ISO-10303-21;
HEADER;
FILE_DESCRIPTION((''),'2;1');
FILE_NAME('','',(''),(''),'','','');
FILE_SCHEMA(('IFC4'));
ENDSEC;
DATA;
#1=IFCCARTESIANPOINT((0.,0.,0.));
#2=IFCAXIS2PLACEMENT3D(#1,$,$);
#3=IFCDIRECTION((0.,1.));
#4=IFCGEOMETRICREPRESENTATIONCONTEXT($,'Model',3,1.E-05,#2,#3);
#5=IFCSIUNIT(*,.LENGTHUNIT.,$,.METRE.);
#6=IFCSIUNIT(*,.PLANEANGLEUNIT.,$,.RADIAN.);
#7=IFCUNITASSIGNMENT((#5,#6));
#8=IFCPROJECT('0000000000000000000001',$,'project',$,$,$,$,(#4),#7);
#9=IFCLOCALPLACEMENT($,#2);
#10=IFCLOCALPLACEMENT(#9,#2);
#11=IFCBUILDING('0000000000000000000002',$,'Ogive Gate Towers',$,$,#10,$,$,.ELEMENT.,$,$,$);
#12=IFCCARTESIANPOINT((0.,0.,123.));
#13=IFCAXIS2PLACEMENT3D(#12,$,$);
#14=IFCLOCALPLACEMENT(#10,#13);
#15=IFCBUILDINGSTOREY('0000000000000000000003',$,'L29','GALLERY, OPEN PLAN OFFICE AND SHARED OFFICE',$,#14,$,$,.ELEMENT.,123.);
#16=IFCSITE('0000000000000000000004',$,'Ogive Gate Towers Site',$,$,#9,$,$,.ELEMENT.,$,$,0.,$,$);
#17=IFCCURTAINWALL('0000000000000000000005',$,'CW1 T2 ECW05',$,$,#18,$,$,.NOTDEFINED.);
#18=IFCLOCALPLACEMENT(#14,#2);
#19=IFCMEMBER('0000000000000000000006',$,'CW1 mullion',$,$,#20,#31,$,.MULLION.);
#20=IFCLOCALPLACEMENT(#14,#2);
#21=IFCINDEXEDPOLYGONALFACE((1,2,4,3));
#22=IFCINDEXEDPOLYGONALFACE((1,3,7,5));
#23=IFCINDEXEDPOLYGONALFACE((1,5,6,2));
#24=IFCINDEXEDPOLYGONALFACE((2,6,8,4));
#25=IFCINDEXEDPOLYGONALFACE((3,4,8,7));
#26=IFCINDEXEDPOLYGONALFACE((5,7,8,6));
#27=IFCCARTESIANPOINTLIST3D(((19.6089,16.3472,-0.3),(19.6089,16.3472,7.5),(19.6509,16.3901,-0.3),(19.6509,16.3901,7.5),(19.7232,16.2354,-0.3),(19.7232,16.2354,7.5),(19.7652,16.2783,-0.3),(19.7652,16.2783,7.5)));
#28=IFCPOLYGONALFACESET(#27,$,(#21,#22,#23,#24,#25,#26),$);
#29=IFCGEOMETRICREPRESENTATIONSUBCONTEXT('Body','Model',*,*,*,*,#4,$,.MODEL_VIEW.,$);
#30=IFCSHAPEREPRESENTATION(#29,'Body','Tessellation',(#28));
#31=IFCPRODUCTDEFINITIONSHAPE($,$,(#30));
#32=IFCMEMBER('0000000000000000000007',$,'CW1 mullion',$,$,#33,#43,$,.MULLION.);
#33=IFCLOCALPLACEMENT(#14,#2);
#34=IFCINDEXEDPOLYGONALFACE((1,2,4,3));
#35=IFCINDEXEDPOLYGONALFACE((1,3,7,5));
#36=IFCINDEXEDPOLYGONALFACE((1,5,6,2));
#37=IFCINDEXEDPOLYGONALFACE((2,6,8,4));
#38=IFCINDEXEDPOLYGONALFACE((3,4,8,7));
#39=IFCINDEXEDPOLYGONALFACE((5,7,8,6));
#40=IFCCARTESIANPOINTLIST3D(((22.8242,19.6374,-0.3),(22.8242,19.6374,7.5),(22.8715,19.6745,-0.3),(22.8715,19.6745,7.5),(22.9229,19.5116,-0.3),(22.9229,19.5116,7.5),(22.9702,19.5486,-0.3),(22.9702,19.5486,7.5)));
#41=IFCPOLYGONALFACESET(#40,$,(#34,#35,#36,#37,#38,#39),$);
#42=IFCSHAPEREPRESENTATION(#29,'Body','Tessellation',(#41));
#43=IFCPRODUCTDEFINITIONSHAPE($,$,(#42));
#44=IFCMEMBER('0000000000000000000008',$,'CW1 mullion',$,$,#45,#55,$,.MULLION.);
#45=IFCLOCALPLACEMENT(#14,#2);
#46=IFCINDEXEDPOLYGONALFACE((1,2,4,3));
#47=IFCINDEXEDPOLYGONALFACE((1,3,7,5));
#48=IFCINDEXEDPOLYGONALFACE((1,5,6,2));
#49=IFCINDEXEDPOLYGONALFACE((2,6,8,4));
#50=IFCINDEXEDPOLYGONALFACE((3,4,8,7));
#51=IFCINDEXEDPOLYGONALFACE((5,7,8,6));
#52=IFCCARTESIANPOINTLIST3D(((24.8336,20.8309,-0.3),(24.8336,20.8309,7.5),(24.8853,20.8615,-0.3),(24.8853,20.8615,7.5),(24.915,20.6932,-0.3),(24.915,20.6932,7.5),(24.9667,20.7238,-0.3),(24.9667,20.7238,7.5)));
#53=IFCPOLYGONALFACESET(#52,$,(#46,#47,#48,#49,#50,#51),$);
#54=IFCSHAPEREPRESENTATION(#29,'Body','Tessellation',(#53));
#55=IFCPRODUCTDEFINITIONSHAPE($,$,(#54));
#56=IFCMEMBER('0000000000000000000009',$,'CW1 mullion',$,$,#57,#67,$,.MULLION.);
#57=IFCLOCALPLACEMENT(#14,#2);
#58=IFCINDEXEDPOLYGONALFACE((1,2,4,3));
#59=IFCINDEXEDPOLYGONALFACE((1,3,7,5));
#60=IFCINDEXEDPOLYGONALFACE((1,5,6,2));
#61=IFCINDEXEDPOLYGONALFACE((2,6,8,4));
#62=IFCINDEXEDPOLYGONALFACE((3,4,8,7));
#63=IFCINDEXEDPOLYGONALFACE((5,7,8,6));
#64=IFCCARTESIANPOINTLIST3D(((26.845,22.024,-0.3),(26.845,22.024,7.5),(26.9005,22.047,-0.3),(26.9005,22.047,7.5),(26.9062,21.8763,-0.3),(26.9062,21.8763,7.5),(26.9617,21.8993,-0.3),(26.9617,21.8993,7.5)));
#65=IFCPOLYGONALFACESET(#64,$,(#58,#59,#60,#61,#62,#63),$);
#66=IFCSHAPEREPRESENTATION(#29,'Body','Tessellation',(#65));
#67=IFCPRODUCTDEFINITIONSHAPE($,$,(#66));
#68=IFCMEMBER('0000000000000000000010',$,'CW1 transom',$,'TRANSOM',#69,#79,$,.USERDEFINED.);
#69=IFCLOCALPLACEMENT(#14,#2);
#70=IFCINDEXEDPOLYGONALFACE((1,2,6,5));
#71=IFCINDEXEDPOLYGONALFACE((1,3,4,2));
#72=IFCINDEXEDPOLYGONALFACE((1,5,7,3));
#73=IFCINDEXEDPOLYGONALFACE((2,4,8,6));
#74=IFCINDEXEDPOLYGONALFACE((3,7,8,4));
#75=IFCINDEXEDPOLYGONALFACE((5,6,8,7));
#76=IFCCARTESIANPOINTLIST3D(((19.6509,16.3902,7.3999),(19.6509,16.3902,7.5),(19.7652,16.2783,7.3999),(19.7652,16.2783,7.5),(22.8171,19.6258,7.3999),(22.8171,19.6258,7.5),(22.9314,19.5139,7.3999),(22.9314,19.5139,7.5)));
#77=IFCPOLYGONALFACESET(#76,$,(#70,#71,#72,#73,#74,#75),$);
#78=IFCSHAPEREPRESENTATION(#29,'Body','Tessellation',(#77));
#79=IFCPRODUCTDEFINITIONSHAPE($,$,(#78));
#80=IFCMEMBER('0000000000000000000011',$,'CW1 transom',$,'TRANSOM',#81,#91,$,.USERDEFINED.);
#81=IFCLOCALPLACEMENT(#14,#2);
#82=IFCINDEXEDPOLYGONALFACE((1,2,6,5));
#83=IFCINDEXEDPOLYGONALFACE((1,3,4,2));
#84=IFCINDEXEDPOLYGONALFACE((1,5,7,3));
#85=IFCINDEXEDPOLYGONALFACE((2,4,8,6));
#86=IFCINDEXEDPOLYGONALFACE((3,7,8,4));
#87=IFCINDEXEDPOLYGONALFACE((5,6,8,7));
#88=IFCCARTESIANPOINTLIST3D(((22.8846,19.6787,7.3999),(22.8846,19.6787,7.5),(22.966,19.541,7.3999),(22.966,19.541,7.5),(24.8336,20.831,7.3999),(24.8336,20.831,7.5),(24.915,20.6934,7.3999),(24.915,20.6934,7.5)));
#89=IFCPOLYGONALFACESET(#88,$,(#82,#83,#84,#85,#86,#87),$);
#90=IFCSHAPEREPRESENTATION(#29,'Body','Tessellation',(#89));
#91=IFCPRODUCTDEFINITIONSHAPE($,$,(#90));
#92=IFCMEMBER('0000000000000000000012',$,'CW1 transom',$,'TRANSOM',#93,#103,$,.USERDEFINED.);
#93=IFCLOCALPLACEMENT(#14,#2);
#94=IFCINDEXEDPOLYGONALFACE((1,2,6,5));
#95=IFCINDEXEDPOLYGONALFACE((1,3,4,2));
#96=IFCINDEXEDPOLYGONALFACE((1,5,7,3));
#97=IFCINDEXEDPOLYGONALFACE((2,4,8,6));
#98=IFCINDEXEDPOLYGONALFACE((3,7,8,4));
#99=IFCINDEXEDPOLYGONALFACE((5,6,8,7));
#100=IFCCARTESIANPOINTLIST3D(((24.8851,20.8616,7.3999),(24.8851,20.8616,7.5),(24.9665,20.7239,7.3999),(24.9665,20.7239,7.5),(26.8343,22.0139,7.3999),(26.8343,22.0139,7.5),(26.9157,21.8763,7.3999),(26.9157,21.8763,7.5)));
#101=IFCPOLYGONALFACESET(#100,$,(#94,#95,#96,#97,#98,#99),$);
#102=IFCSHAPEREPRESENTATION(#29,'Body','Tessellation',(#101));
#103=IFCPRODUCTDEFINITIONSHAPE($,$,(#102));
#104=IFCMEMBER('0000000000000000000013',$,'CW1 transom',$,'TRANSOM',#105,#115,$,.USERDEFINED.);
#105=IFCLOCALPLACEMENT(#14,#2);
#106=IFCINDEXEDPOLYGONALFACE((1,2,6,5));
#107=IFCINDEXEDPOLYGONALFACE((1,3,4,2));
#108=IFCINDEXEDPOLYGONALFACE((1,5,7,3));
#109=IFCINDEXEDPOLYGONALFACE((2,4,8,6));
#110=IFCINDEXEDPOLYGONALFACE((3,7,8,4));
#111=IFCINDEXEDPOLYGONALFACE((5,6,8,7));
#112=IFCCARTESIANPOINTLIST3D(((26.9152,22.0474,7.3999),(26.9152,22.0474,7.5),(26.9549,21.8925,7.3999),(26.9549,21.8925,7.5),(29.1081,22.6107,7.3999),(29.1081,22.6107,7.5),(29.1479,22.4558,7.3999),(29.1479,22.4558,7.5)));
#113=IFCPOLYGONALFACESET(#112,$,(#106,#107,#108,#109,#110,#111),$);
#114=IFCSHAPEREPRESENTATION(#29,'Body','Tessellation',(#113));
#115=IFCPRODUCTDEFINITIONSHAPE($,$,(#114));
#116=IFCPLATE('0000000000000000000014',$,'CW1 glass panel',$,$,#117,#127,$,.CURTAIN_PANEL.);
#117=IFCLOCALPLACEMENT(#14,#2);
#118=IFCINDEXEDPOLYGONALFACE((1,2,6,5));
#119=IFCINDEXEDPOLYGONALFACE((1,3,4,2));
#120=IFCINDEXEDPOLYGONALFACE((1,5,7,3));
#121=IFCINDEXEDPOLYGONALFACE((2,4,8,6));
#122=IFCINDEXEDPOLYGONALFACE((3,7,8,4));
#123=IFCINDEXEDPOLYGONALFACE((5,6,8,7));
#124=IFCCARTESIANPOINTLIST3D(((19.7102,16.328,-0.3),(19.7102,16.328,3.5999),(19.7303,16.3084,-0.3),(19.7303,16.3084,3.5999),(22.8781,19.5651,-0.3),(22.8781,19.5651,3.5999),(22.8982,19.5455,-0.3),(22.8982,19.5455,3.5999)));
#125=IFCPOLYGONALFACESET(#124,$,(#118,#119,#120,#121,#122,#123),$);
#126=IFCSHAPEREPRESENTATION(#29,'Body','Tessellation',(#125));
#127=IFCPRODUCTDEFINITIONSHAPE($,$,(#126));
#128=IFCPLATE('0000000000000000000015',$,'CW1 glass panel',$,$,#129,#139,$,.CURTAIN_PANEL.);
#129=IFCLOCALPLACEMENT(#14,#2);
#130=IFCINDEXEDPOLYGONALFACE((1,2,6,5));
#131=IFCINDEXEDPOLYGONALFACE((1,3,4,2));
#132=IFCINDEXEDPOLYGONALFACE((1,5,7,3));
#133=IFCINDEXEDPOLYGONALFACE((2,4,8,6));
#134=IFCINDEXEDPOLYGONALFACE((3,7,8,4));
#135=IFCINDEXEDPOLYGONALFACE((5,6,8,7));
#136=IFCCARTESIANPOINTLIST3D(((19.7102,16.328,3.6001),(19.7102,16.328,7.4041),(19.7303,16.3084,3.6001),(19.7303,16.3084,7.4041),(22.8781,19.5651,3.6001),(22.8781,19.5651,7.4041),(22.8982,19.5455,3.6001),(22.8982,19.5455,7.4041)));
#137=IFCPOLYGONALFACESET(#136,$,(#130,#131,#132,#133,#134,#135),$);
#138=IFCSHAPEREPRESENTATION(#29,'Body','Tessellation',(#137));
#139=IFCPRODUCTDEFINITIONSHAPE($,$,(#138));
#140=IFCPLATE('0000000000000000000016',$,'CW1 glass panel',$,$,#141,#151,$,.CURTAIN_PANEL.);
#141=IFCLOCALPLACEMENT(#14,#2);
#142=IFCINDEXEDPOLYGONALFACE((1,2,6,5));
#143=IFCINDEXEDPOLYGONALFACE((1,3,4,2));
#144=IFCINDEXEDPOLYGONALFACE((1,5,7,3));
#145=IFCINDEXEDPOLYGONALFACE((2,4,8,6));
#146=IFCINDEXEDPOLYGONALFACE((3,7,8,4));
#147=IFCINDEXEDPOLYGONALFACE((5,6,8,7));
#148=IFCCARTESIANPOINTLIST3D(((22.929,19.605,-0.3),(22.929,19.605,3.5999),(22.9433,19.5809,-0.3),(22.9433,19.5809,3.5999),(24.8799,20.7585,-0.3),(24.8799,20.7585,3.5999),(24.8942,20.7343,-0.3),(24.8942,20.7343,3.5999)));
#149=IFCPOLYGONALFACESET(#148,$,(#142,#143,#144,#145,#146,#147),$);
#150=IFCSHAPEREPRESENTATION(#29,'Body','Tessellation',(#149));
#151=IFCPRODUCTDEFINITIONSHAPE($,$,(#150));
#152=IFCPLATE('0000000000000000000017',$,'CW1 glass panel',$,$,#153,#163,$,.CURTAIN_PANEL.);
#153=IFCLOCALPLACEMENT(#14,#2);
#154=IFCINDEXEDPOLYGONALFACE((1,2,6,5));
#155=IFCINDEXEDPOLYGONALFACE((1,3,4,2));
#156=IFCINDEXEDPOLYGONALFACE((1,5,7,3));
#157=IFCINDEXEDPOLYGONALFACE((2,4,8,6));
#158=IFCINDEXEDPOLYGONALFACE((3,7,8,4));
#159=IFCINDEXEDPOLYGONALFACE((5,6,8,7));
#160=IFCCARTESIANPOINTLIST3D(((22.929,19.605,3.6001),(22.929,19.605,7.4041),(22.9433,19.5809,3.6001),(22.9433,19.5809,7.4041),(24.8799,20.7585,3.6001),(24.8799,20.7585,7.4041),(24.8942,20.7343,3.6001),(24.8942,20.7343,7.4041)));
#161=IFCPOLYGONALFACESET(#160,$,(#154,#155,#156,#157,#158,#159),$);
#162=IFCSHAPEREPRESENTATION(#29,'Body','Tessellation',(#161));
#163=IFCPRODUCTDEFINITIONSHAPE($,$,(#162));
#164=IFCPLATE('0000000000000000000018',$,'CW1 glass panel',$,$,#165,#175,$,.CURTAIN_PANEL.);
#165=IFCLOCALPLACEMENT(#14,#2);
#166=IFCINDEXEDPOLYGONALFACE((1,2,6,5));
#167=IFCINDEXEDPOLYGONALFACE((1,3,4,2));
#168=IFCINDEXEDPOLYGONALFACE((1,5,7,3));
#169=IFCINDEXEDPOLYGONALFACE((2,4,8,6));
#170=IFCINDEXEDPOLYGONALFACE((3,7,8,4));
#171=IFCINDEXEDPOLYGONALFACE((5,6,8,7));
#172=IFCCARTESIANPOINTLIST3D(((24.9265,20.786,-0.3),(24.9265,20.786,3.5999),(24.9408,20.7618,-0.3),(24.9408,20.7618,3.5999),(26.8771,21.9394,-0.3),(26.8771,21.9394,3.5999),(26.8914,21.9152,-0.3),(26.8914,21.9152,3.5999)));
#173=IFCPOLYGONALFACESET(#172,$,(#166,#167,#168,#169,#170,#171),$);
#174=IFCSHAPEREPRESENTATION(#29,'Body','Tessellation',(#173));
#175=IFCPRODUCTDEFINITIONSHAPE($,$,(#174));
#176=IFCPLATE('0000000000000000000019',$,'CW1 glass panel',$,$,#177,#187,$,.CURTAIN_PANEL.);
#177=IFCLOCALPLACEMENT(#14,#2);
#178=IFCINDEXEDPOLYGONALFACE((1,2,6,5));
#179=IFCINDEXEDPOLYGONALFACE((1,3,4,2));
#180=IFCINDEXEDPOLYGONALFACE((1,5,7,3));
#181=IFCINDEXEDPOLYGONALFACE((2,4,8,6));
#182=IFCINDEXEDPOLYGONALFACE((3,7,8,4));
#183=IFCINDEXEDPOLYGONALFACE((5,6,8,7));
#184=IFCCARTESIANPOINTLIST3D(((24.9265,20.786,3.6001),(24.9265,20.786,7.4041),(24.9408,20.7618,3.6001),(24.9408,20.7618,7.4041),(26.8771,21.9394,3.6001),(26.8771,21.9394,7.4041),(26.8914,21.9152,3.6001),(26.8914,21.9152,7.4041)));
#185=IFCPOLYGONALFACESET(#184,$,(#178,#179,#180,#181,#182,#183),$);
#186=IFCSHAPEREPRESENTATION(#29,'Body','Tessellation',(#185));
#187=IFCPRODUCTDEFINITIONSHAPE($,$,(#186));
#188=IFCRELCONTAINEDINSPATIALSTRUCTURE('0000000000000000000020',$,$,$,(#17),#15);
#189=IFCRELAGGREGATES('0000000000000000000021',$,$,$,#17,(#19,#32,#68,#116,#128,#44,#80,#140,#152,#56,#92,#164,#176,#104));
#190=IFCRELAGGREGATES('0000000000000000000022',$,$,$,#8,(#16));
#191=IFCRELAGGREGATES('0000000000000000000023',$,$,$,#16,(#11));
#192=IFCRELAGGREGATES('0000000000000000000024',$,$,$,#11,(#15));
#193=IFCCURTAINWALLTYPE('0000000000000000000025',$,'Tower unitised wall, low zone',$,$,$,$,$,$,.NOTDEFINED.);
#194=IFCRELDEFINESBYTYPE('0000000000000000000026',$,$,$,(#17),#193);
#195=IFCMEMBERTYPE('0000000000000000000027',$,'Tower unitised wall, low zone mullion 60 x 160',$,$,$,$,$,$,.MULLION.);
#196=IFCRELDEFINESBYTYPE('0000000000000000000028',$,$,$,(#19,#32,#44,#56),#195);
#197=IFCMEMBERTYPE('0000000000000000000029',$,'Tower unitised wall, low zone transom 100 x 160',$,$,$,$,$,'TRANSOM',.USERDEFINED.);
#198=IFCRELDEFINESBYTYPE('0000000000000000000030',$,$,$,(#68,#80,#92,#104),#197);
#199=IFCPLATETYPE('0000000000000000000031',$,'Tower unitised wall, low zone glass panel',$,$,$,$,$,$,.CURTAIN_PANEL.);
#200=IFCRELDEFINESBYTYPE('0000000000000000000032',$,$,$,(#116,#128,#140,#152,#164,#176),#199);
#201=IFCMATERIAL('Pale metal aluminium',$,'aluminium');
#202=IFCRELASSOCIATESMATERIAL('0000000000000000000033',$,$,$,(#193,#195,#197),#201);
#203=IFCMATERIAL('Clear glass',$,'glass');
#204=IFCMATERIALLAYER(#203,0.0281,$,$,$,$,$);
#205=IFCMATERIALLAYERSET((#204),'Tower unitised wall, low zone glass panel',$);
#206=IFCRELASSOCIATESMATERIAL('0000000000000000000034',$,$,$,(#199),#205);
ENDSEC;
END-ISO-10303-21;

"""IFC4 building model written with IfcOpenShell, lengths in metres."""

from ifc_helpers import new_model, si_unit, direction, frame, origin, origin_2d, place, context, subcontext, project, spatial, rectangle, extrude, material, layer, layer_set, material_profile, profile_set, type_object, element, aggregate, save


model = new_model("IFC4")

# Units and contexts
model_context = context("Model", 3, precision=1e-05, world=origin(), true_north=direction((0.0, 1.0)))
body_context = subcontext(model_context, "Body", "Model", "MODEL_VIEW")
ifc_project = project(units=[si_unit("LENGTHUNIT", "METRE"), si_unit("PLANEANGLEUNIT", "RADIAN")], contexts=[model_context])

# Site, building, storey
site_placement = place(None, origin())
site = spatial("IfcSite", under=ifc_project, at=site_placement, Name="Ogive Gate Towers Site", CompositionType="ELEMENT", RefElevation=0.0)
building_placement = place(site_placement, origin())
building = spatial("IfcBuilding", under=site, at=building_placement, Name="Ogive Gate Towers", CompositionType="ELEMENT")
storey_placement = place(building_placement, frame((0.0, 0.0, 123.0)))
storey = spatial("IfcBuildingStorey", under=building, at=storey_placement, Name="L29", Description="GALLERY, OPEN PLAN OFFICE AND SHARED OFFICE", CompositionType="ELEMENT", Elevation=123.0)

# Curtain wall, members, plates
ifc_material_1 = material(Name="Pale metal aluminium", Category="aluminium")
curtain_wall_type = type_object("IfcCurtainWallType", Name="Tower unitised wall, low zone", PredefinedType="NOTDEFINED", material=ifc_material_1)
curtain_wall_placement = place(storey_placement, origin())
curtain_wall = element("IfcCurtainWall", 1, at=curtain_wall_placement, inside=storey, type_object=curtain_wall_type, Name="CW1 T2 ECW05", PredefinedType="NOTDEFINED")
ifc_material_profile_1 = material_profile(ifc_material_1, rectangle(XDim=0.1599, YDim=0.0601, at=origin_2d()), Name="60 x 160 aluminium box")
ifc_profile_set_1 = profile_set([ifc_material_profile_1], Name="Pale metal aluminium")
member_type_1 = type_object("IfcMemberType", Name="Tower unitised wall, low zone mullion 60 x 160", PredefinedType="MULLION", material=ifc_profile_set_1)
member_1_placement = place(storey_placement, frame((19.687, 16.3127, -0.3), z_axis=(0.0, 0.0, 1.0), x_axis=(0.714705, -0.699426, 0.0)))
member_1 = element("IfcMember", 2, at=member_1_placement, type_object=member_type_1, Name="CW1 mullion", PredefinedType="MULLION", context=body_context, shape_type="SweptSolid", body=[
    extrude(rectangle(XDim=0.1599, YDim=0.0601, at=origin_2d()), origin(), (0.0, 0.0, 1.0), 7.8),
])
member_2_placement = place(storey_placement, frame((22.8972, 19.593, -0.3), z_axis=(0.0, 0.0, 1.0), x_axis=(0.617118, -0.78687, 0.0)))
member_2 = element("IfcMember", 3, at=member_2_placement, type_object=member_type_1, Name="CW1 mullion", PredefinedType="MULLION", context=body_context, shape_type="SweptSolid", body=[
    extrude(rectangle(XDim=0.1599, YDim=0.0601, at=origin_2d()), origin(), (0.0, 0.0, 1.0), 7.8),
])
member_3_placement = place(storey_placement, frame((24.9001, 20.7773, -0.3), z_axis=(0.0, 0.0, 1.0), x_axis=(0.508951, -0.860795, 0.0)))
member_3 = element("IfcMember", 4, at=member_3_placement, type_object=member_type_1, Name="CW1 mullion", PredefinedType="MULLION", context=body_context, shape_type="SweptSolid", body=[
    extrude(rectangle(XDim=0.1599, YDim=0.0601, at=origin_2d()), origin(), (0.0, 0.0, 1.0), 7.8),
])
member_4_placement = place(storey_placement, frame((26.9033, 21.9617, -0.3), z_axis=(0.0, 0.0, 1.0), x_axis=(0.382683, -0.92388, 0.0)))
member_4 = element("IfcMember", 5, at=member_4_placement, type_object=member_type_1, Name="CW1 mullion", PredefinedType="MULLION", context=body_context, shape_type="SweptSolid", body=[
    extrude(rectangle(XDim=0.1599, YDim=0.0601, at=origin_2d()), origin(), (0.0, 0.0, 1.0), 7.8),
])
ifc_material_profile_2 = material_profile(ifc_material_1, rectangle(XDim=0.1599, YDim=0.1001, at=origin_2d()), Name="100 x 160 aluminium box")
ifc_profile_set_2 = profile_set([ifc_material_profile_2], Name="Pale metal aluminium")
member_type_2 = type_object("IfcMemberType", Name="Tower unitised wall, low zone transom 100 x 160", ElementType="TRANSOM", PredefinedType="USERDEFINED", material=ifc_profile_set_2)
member_5_placement = place(storey_placement, frame((19.708, 16.3342, 7.45), z_axis=(0.699407, 0.714723, 0.0), x_axis=(-0.714723, 0.699407, 0.0)))
member_5 = element("IfcMember", 6, at=member_5_placement, type_object=member_type_2, Name="CW1 transom", ObjectType="TRANSOM", PredefinedType="USERDEFINED", context=body_context, shape_type="SweptSolid", body=[
    extrude(rectangle(XDim=0.1599, YDim=0.1001, at=origin_2d()), origin(), (0.0, 0.0, 1.0), 4.5271),
])
member_6_placement = place(storey_placement, frame((22.9253, 19.6099, 7.45), z_axis=(0.860796, 0.508951, 0.0), x_axis=(-0.508951, 0.860796, 0.0)))
member_6 = element("IfcMember", 7, at=member_6_placement, type_object=member_type_2, Name="CW1 transom", ObjectType="TRANSOM", PredefinedType="USERDEFINED", context=body_context, shape_type="SweptSolid", body=[
    extrude(rectangle(XDim=0.1599, YDim=0.1001, at=origin_2d()), origin(), (0.0, 0.0, 1.0), 2.2642),
])
member_7_placement = place(storey_placement, frame((24.9258, 20.7927, 7.45), z_axis=(0.860823, 0.508904, 0.0), x_axis=(-0.508904, 0.860823, 0.0)))
member_7 = element("IfcMember", 8, at=member_7_placement, type_object=member_type_2, Name="CW1 transom", ObjectType="TRANSOM", PredefinedType="USERDEFINED", context=body_context, shape_type="SweptSolid", body=[
    extrude(rectangle(XDim=0.1599, YDim=0.1001, at=origin_2d()), origin(), (0.0, 0.0, 1.0), 2.2644),
])
member_8_placement = place(storey_placement, frame((26.9351, 21.97, 7.45), z_axis=(0.968562, 0.248772, 0.0), x_axis=(-0.248772, 0.968562, 0.0)))
member_8 = element("IfcMember", 9, at=member_8_placement, type_object=member_type_2, Name="CW1 transom", ObjectType="TRANSOM", PredefinedType="USERDEFINED", context=body_context, shape_type="SweptSolid", body=[
    extrude(rectangle(XDim=0.1599, YDim=0.1001, at=origin_2d()), origin(), (0.0, 0.0, 1.0), 2.2642),
])
ifc_material_2 = material(Name="Clear glass", Category="glass")
ifc_layer_1 = layer(ifc_material_2, 0.0281)
ifc_layer_set_1 = layer_set([ifc_layer_1], Name="Tower unitised wall, low zone glass panel")
plate_type = type_object("IfcPlateType", Name="Tower unitised wall, low zone glass panel", PredefinedType="CURTAIN_PANEL", material=ifc_layer_set_1)
plate_1_placement = place(storey_placement, frame((21.3042, 17.9368, -0.3), z_axis=(0.0, 0.0, 1.0), x_axis=(0.699426, 0.714705, 0.0)))
plate_1 = element("IfcPlate", 10, at=plate_1_placement, type_object=plate_type, Name="CW1 glass panel", PredefinedType="CURTAIN_PANEL", context=body_context, shape_type="SweptSolid", body=[
    extrude(rectangle(XDim=4.5293, YDim=0.0281, at=origin_2d()), origin(), (0.0, 0.0, 1.0), 3.8999),
])
plate_2_placement = place(storey_placement, frame((21.3042, 17.9368, 3.6001), z_axis=(0.0, 0.0, 1.0), x_axis=(0.699426, 0.714705, 0.0)))
plate_2 = element("IfcPlate", 11, at=plate_2_placement, type_object=plate_type, Name="CW1 glass panel", PredefinedType="CURTAIN_PANEL", context=body_context, shape_type="SweptSolid", body=[
    extrude(rectangle(XDim=4.5293, YDim=0.0281, at=origin_2d()), origin(), (0.0, 0.0, 1.0), 3.804),
])
plate_3_placement = place(storey_placement, frame((23.9116, 20.1697, -0.3), z_axis=(0.0, 0.0, 1.0), x_axis=(0.860804, 0.508936, 0.0)))
plate_3 = element("IfcPlate", 12, at=plate_3_placement, type_object=plate_type, Name="CW1 glass panel", PredefinedType="CURTAIN_PANEL", context=body_context, shape_type="SweptSolid", body=[
    extrude(rectangle(XDim=2.2664, YDim=0.0281, at=origin_2d()), origin(), (0.0, 0.0, 1.0), 3.8999),
])
plate_4_placement = place(storey_placement, frame((23.9116, 20.1697, 3.6001), z_axis=(0.0, 0.0, 1.0), x_axis=(0.860804, 0.508936, 0.0)))
plate_4 = element("IfcPlate", 13, at=plate_4_placement, type_object=plate_type, Name="CW1 glass panel", PredefinedType="CURTAIN_PANEL", context=body_context, shape_type="SweptSolid", body=[
    extrude(rectangle(XDim=2.2664, YDim=0.0281, at=origin_2d()), origin(), (0.0, 0.0, 1.0), 3.804),
])
plate_5_placement = place(storey_placement, frame((25.9089, 21.3506, -0.3), z_axis=(0.0, 0.0, 1.0), x_axis=(0.860786, 0.508966, 0.0)))
plate_5 = element("IfcPlate", 14, at=plate_5_placement, type_object=plate_type, Name="CW1 glass panel", PredefinedType="CURTAIN_PANEL", context=body_context, shape_type="SweptSolid", body=[
    extrude(rectangle(XDim=2.2661, YDim=0.0281, at=origin_2d()), origin(), (0.0, 0.0, 1.0), 3.8999),
])
plate_6_placement = place(storey_placement, frame((25.9089, 21.3506, 3.6001), z_axis=(0.0, 0.0, 1.0), x_axis=(0.860786, 0.508966, 0.0)))
plate_6 = element("IfcPlate", 15, at=plate_6_placement, type_object=plate_type, Name="CW1 glass panel", PredefinedType="CURTAIN_PANEL", context=body_context, shape_type="SweptSolid", body=[
    extrude(rectangle(XDim=2.2661, YDim=0.0281, at=origin_2d()), origin(), (0.0, 0.0, 1.0), 3.804),
])
aggregate(curtain_wall, [member_1, member_2, member_5, plate_1, plate_2, member_3, member_6, plate_3, plate_4, member_4, member_7, plate_5, plate_6, member_8])

save(model, "model.ifc")
